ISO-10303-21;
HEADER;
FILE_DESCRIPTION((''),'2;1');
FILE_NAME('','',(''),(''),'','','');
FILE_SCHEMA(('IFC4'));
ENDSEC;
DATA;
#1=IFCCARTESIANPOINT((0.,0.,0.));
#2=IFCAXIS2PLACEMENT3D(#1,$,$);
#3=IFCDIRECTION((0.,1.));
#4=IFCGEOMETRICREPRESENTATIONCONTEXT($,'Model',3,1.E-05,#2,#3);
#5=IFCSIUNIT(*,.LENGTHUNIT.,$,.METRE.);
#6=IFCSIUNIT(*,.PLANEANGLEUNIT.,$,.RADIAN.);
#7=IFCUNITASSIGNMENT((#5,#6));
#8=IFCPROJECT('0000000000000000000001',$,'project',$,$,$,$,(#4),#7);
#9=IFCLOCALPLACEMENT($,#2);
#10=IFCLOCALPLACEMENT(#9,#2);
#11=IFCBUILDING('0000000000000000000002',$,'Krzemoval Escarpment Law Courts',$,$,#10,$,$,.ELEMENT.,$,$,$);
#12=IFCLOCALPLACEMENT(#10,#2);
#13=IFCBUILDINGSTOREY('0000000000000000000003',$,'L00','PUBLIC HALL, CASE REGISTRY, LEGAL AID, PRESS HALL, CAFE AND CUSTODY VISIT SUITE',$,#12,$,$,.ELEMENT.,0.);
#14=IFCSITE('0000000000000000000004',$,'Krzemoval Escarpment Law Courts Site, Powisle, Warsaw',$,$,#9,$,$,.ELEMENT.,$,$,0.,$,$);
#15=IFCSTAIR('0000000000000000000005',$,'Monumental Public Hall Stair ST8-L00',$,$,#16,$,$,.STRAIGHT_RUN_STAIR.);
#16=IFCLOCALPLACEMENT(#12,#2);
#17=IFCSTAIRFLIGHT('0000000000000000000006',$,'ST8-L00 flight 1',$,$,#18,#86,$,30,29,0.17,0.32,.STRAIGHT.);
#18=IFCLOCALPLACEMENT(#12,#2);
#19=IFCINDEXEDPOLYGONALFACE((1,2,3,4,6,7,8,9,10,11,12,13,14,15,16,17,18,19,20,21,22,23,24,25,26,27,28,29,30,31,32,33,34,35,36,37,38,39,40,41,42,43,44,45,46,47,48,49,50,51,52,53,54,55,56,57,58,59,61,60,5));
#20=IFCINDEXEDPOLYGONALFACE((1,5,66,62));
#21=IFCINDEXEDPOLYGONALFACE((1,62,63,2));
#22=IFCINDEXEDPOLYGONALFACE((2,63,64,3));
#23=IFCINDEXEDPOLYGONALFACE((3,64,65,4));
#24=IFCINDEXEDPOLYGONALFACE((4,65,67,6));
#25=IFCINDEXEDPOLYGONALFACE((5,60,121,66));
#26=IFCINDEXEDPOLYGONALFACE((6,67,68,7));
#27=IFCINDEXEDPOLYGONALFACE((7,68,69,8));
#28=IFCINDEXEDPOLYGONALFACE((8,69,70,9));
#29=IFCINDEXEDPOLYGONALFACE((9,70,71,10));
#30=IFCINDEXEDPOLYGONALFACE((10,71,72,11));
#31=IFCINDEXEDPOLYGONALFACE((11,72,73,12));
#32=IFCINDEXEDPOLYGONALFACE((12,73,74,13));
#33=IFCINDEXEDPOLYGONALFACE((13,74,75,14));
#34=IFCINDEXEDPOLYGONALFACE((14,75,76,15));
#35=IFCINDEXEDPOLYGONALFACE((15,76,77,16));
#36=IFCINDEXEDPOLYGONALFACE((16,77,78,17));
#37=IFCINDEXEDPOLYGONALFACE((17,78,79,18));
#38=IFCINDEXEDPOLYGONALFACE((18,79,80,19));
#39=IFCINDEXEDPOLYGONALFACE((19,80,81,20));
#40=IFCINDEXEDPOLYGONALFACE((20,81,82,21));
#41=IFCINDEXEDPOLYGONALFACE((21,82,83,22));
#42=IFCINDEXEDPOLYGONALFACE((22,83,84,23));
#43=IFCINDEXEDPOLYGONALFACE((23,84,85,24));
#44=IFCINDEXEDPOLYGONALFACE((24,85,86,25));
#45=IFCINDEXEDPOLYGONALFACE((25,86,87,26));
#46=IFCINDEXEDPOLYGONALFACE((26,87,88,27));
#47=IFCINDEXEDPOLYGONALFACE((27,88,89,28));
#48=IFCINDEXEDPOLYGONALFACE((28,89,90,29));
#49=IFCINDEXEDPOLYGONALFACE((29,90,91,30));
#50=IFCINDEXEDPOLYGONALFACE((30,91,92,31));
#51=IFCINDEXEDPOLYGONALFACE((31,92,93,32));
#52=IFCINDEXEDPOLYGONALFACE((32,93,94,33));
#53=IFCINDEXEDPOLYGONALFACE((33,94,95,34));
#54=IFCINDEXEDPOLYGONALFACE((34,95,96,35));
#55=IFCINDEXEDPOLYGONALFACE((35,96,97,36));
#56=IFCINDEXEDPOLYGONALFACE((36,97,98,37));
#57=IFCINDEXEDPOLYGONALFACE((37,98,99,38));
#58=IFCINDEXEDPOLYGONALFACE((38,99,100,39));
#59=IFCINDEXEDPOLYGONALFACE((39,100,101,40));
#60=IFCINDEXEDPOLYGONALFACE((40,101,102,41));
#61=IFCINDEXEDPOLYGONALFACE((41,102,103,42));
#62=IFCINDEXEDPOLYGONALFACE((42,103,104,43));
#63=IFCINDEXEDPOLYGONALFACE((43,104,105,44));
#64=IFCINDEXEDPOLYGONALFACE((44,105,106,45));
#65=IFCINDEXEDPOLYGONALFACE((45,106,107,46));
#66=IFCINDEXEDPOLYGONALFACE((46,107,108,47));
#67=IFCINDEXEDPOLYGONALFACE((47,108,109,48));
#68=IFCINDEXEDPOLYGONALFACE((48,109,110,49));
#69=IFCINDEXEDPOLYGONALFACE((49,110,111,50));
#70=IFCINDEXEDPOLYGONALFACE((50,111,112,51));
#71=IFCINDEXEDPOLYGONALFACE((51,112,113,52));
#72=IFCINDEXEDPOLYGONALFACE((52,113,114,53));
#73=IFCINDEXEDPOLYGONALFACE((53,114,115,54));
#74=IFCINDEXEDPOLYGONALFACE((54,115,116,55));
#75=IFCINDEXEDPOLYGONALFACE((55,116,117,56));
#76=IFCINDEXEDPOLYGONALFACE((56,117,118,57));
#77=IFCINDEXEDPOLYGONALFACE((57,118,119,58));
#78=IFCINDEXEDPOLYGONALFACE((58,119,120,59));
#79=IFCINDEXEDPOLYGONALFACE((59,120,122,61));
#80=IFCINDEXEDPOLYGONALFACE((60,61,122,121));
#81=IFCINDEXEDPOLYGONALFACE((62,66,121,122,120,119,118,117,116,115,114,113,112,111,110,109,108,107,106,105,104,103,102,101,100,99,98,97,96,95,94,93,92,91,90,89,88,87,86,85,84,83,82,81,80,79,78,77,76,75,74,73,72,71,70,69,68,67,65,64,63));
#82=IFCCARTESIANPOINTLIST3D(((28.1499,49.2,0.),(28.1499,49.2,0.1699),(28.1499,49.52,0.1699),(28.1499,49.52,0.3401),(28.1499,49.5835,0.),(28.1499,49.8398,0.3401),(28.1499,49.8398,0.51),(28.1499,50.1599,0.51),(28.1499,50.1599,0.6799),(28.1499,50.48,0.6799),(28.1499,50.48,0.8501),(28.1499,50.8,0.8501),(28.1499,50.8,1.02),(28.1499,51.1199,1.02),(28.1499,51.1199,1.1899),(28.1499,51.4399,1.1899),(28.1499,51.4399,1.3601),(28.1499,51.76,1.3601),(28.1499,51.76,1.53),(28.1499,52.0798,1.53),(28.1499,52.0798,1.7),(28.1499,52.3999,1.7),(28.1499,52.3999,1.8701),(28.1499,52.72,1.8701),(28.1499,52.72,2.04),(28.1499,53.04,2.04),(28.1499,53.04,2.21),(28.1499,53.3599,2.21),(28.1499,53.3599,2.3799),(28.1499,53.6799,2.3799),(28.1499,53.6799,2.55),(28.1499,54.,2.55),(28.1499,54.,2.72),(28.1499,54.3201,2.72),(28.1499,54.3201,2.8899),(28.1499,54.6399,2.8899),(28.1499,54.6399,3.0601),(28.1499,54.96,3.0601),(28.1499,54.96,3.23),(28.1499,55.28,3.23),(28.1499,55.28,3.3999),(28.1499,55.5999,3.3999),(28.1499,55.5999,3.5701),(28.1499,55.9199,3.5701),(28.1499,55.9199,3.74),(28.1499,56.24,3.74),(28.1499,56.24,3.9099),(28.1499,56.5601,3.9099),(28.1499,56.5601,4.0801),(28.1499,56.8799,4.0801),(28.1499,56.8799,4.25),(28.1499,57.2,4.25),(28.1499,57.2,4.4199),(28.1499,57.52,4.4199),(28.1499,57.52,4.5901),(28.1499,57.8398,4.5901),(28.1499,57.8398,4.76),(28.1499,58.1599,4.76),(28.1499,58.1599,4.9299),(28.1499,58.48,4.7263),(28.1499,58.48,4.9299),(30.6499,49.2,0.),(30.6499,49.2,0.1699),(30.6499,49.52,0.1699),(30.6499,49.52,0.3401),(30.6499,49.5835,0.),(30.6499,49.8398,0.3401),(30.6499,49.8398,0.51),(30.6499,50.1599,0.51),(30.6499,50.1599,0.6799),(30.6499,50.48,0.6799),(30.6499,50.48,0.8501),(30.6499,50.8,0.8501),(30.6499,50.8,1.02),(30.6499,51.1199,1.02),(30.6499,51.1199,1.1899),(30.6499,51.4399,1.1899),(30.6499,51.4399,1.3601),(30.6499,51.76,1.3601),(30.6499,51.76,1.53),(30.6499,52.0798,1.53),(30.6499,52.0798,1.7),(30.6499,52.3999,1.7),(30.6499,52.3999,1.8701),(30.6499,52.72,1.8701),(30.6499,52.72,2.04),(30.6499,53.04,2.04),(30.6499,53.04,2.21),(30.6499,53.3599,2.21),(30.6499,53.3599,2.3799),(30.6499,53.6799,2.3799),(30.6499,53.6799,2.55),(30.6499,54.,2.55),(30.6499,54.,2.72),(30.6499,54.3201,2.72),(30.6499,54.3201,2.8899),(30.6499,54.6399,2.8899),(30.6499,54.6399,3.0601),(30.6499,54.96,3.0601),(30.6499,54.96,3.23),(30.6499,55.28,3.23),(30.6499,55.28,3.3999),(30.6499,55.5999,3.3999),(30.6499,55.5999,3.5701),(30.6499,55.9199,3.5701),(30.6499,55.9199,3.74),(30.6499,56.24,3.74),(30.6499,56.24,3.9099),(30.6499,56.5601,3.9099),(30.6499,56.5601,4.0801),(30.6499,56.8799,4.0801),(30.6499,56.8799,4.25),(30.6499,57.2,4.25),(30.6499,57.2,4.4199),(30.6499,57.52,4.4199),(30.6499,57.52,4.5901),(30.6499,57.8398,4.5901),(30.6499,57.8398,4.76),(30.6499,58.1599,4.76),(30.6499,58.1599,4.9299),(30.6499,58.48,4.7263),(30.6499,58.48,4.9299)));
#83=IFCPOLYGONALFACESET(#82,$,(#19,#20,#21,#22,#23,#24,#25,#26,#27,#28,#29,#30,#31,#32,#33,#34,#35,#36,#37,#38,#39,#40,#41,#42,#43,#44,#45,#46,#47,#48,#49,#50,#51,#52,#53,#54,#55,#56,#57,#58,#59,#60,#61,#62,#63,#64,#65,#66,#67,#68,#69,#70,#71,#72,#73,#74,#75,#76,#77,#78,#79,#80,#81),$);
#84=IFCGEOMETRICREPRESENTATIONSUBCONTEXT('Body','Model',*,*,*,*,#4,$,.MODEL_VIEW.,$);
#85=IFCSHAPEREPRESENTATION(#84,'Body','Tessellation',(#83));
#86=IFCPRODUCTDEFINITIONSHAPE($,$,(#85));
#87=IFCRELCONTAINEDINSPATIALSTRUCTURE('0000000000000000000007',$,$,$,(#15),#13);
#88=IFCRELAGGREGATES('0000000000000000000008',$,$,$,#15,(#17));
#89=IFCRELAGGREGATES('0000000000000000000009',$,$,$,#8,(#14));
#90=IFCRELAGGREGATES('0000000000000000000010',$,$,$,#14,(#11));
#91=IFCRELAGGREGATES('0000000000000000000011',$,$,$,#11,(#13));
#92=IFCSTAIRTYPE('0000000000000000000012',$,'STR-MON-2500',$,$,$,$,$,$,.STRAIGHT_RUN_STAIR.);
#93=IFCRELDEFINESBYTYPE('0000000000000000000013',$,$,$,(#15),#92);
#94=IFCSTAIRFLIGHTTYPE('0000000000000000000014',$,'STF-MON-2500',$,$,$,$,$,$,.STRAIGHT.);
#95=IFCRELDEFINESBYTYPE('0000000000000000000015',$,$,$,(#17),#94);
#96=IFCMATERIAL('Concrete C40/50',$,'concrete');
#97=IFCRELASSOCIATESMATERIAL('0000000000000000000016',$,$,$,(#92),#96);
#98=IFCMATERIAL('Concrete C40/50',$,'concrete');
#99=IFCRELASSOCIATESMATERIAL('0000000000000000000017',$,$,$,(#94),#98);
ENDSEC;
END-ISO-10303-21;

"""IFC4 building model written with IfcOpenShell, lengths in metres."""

from ifc_helpers import new_model, si_unit, direction, frame, origin, place, context, subcontext, project, spatial, polyline, outline, extrude, material, type_object, element, aggregate, save


model = new_model("IFC4")

# Units and contexts
model_context = context("Model", 3, precision=1e-05, world=origin(), true_north=direction((0.0, 1.0)))
body_context = subcontext(model_context, "Body", "Model", "MODEL_VIEW")
ifc_project = project(units=[si_unit("LENGTHUNIT", "METRE"), si_unit("PLANEANGLEUNIT", "RADIAN")], contexts=[model_context])

# Site, building, storey
site_placement = place(None, origin())
site = spatial("IfcSite", under=ifc_project, at=site_placement, Name="Krzemoval Escarpment Law Courts Site, Powisle, Warsaw", CompositionType="ELEMENT", RefElevation=0.0)
building_placement = place(site_placement, origin())
building = spatial("IfcBuilding", under=site, at=building_placement, Name="Krzemoval Escarpment Law Courts", CompositionType="ELEMENT")
storey_placement = place(building_placement, origin())
storey = spatial("IfcBuildingStorey", under=building, at=storey_placement, Name="L00", Description="PUBLIC HALL, CASE REGISTRY, LEGAL AID, PRESS HALL, CAFE AND CUSTODY VISIT SUITE", CompositionType="ELEMENT", Elevation=0.0)

# Stair, stair flight
ifc_material_1 = material(Name="Concrete C40/50", Category="concrete")
stair_type = type_object("IfcStairType", Name="STR-MON-2500", PredefinedType="STRAIGHT_RUN_STAIR", material=ifc_material_1)
ifc_material_2 = material(Name="Concrete C40/50", Category="concrete")
stair_flight_type = type_object("IfcStairFlightType", Name="STF-MON-2500", PredefinedType="STRAIGHT", material=ifc_material_2)
stair_1_placement = place(storey_placement, origin())
stair_1 = element("IfcStair", 1, at=stair_1_placement, inside=storey, type_object=stair_type, Name="Monumental Public Hall Stair ST8-L00", PredefinedType="STRAIGHT_RUN_STAIR")
stair_flight_1_placement = place(storey_placement, frame((29.3999, 49.2, 0.0), z_axis=(0.0, 0.0, 1.0), x_axis=(0.0, 1.0, 0.0)))
stair_flight_1 = element("IfcStairFlight", 2, at=stair_flight_1_placement, type_object=stair_flight_type, Name="ST8-L00 flight 1", NumberOfRisers=30, NumberOfTreads=29, PredefinedType="STRAIGHT", RiserHeight=0.17, TreadLength=0.32, context=body_context, shape_type="SweptSolid", body=[
    extrude(outline(polyline([(0.0, 0.0), (0.0, 0.1699), (0.3201, 0.1699), (0.3201, 0.3401), (0.6399, 0.3401), (0.6399, 0.51), (0.96, 0.51), (0.96, 0.6799), (1.28, 0.6799), (1.28, 0.8501), (1.6001, 0.8501), (1.6001, 1.02), (1.9199, 1.02), (1.9199, 1.1899), (2.24, 1.1899), (2.24, 1.3601), (2.5601, 1.3601), (2.5601, 1.53), (2.8799, 1.53), (2.8799, 1.7), (3.2, 1.7), (3.2, 1.8701), (3.52, 1.8701), (3.52, 2.04), (3.8401, 2.04), (3.8401, 2.21), (4.1599, 2.21), (4.1599, 2.3799), (4.48, 2.3799), (4.48, 2.55), (4.8, 2.55), (4.8, 2.72), (5.1201, 2.72), (5.1201, 2.8899), (5.4399, 2.8899), (5.4399, 3.0601), (5.76, 3.0601), (5.76, 3.23), (6.0801, 3.23), (6.0801, 3.3999), (6.3999, 3.3999), (6.3999, 3.5701), (6.72, 3.5701), (6.72, 3.74), (7.04, 3.74), (7.04, 3.9099), (7.3601, 3.9099), (7.3601, 4.0801), (7.6799, 4.0801), (7.6799, 4.25), (8.0, 4.25), (8.0, 4.4199), (8.3201, 4.4199), (8.3201, 4.5901), (8.6399, 4.5901), (8.6399, 4.76), (8.96, 4.76), (8.96, 4.9299), (9.28, 4.9299), (9.28, 5.1001), (9.28, 4.7263), (0.3835, 0.0), (0.0, 0.0)])), frame((0.0, 1.25, 0.0), z_axis=(0.0, -1.0, 0.0), x_axis=(1.0, 0.0, 0.0)), (0.0, 0.0, 1.0), 2.5),
])
aggregate(stair_1, [stair_flight_1])

save(model, "model.ifc")
